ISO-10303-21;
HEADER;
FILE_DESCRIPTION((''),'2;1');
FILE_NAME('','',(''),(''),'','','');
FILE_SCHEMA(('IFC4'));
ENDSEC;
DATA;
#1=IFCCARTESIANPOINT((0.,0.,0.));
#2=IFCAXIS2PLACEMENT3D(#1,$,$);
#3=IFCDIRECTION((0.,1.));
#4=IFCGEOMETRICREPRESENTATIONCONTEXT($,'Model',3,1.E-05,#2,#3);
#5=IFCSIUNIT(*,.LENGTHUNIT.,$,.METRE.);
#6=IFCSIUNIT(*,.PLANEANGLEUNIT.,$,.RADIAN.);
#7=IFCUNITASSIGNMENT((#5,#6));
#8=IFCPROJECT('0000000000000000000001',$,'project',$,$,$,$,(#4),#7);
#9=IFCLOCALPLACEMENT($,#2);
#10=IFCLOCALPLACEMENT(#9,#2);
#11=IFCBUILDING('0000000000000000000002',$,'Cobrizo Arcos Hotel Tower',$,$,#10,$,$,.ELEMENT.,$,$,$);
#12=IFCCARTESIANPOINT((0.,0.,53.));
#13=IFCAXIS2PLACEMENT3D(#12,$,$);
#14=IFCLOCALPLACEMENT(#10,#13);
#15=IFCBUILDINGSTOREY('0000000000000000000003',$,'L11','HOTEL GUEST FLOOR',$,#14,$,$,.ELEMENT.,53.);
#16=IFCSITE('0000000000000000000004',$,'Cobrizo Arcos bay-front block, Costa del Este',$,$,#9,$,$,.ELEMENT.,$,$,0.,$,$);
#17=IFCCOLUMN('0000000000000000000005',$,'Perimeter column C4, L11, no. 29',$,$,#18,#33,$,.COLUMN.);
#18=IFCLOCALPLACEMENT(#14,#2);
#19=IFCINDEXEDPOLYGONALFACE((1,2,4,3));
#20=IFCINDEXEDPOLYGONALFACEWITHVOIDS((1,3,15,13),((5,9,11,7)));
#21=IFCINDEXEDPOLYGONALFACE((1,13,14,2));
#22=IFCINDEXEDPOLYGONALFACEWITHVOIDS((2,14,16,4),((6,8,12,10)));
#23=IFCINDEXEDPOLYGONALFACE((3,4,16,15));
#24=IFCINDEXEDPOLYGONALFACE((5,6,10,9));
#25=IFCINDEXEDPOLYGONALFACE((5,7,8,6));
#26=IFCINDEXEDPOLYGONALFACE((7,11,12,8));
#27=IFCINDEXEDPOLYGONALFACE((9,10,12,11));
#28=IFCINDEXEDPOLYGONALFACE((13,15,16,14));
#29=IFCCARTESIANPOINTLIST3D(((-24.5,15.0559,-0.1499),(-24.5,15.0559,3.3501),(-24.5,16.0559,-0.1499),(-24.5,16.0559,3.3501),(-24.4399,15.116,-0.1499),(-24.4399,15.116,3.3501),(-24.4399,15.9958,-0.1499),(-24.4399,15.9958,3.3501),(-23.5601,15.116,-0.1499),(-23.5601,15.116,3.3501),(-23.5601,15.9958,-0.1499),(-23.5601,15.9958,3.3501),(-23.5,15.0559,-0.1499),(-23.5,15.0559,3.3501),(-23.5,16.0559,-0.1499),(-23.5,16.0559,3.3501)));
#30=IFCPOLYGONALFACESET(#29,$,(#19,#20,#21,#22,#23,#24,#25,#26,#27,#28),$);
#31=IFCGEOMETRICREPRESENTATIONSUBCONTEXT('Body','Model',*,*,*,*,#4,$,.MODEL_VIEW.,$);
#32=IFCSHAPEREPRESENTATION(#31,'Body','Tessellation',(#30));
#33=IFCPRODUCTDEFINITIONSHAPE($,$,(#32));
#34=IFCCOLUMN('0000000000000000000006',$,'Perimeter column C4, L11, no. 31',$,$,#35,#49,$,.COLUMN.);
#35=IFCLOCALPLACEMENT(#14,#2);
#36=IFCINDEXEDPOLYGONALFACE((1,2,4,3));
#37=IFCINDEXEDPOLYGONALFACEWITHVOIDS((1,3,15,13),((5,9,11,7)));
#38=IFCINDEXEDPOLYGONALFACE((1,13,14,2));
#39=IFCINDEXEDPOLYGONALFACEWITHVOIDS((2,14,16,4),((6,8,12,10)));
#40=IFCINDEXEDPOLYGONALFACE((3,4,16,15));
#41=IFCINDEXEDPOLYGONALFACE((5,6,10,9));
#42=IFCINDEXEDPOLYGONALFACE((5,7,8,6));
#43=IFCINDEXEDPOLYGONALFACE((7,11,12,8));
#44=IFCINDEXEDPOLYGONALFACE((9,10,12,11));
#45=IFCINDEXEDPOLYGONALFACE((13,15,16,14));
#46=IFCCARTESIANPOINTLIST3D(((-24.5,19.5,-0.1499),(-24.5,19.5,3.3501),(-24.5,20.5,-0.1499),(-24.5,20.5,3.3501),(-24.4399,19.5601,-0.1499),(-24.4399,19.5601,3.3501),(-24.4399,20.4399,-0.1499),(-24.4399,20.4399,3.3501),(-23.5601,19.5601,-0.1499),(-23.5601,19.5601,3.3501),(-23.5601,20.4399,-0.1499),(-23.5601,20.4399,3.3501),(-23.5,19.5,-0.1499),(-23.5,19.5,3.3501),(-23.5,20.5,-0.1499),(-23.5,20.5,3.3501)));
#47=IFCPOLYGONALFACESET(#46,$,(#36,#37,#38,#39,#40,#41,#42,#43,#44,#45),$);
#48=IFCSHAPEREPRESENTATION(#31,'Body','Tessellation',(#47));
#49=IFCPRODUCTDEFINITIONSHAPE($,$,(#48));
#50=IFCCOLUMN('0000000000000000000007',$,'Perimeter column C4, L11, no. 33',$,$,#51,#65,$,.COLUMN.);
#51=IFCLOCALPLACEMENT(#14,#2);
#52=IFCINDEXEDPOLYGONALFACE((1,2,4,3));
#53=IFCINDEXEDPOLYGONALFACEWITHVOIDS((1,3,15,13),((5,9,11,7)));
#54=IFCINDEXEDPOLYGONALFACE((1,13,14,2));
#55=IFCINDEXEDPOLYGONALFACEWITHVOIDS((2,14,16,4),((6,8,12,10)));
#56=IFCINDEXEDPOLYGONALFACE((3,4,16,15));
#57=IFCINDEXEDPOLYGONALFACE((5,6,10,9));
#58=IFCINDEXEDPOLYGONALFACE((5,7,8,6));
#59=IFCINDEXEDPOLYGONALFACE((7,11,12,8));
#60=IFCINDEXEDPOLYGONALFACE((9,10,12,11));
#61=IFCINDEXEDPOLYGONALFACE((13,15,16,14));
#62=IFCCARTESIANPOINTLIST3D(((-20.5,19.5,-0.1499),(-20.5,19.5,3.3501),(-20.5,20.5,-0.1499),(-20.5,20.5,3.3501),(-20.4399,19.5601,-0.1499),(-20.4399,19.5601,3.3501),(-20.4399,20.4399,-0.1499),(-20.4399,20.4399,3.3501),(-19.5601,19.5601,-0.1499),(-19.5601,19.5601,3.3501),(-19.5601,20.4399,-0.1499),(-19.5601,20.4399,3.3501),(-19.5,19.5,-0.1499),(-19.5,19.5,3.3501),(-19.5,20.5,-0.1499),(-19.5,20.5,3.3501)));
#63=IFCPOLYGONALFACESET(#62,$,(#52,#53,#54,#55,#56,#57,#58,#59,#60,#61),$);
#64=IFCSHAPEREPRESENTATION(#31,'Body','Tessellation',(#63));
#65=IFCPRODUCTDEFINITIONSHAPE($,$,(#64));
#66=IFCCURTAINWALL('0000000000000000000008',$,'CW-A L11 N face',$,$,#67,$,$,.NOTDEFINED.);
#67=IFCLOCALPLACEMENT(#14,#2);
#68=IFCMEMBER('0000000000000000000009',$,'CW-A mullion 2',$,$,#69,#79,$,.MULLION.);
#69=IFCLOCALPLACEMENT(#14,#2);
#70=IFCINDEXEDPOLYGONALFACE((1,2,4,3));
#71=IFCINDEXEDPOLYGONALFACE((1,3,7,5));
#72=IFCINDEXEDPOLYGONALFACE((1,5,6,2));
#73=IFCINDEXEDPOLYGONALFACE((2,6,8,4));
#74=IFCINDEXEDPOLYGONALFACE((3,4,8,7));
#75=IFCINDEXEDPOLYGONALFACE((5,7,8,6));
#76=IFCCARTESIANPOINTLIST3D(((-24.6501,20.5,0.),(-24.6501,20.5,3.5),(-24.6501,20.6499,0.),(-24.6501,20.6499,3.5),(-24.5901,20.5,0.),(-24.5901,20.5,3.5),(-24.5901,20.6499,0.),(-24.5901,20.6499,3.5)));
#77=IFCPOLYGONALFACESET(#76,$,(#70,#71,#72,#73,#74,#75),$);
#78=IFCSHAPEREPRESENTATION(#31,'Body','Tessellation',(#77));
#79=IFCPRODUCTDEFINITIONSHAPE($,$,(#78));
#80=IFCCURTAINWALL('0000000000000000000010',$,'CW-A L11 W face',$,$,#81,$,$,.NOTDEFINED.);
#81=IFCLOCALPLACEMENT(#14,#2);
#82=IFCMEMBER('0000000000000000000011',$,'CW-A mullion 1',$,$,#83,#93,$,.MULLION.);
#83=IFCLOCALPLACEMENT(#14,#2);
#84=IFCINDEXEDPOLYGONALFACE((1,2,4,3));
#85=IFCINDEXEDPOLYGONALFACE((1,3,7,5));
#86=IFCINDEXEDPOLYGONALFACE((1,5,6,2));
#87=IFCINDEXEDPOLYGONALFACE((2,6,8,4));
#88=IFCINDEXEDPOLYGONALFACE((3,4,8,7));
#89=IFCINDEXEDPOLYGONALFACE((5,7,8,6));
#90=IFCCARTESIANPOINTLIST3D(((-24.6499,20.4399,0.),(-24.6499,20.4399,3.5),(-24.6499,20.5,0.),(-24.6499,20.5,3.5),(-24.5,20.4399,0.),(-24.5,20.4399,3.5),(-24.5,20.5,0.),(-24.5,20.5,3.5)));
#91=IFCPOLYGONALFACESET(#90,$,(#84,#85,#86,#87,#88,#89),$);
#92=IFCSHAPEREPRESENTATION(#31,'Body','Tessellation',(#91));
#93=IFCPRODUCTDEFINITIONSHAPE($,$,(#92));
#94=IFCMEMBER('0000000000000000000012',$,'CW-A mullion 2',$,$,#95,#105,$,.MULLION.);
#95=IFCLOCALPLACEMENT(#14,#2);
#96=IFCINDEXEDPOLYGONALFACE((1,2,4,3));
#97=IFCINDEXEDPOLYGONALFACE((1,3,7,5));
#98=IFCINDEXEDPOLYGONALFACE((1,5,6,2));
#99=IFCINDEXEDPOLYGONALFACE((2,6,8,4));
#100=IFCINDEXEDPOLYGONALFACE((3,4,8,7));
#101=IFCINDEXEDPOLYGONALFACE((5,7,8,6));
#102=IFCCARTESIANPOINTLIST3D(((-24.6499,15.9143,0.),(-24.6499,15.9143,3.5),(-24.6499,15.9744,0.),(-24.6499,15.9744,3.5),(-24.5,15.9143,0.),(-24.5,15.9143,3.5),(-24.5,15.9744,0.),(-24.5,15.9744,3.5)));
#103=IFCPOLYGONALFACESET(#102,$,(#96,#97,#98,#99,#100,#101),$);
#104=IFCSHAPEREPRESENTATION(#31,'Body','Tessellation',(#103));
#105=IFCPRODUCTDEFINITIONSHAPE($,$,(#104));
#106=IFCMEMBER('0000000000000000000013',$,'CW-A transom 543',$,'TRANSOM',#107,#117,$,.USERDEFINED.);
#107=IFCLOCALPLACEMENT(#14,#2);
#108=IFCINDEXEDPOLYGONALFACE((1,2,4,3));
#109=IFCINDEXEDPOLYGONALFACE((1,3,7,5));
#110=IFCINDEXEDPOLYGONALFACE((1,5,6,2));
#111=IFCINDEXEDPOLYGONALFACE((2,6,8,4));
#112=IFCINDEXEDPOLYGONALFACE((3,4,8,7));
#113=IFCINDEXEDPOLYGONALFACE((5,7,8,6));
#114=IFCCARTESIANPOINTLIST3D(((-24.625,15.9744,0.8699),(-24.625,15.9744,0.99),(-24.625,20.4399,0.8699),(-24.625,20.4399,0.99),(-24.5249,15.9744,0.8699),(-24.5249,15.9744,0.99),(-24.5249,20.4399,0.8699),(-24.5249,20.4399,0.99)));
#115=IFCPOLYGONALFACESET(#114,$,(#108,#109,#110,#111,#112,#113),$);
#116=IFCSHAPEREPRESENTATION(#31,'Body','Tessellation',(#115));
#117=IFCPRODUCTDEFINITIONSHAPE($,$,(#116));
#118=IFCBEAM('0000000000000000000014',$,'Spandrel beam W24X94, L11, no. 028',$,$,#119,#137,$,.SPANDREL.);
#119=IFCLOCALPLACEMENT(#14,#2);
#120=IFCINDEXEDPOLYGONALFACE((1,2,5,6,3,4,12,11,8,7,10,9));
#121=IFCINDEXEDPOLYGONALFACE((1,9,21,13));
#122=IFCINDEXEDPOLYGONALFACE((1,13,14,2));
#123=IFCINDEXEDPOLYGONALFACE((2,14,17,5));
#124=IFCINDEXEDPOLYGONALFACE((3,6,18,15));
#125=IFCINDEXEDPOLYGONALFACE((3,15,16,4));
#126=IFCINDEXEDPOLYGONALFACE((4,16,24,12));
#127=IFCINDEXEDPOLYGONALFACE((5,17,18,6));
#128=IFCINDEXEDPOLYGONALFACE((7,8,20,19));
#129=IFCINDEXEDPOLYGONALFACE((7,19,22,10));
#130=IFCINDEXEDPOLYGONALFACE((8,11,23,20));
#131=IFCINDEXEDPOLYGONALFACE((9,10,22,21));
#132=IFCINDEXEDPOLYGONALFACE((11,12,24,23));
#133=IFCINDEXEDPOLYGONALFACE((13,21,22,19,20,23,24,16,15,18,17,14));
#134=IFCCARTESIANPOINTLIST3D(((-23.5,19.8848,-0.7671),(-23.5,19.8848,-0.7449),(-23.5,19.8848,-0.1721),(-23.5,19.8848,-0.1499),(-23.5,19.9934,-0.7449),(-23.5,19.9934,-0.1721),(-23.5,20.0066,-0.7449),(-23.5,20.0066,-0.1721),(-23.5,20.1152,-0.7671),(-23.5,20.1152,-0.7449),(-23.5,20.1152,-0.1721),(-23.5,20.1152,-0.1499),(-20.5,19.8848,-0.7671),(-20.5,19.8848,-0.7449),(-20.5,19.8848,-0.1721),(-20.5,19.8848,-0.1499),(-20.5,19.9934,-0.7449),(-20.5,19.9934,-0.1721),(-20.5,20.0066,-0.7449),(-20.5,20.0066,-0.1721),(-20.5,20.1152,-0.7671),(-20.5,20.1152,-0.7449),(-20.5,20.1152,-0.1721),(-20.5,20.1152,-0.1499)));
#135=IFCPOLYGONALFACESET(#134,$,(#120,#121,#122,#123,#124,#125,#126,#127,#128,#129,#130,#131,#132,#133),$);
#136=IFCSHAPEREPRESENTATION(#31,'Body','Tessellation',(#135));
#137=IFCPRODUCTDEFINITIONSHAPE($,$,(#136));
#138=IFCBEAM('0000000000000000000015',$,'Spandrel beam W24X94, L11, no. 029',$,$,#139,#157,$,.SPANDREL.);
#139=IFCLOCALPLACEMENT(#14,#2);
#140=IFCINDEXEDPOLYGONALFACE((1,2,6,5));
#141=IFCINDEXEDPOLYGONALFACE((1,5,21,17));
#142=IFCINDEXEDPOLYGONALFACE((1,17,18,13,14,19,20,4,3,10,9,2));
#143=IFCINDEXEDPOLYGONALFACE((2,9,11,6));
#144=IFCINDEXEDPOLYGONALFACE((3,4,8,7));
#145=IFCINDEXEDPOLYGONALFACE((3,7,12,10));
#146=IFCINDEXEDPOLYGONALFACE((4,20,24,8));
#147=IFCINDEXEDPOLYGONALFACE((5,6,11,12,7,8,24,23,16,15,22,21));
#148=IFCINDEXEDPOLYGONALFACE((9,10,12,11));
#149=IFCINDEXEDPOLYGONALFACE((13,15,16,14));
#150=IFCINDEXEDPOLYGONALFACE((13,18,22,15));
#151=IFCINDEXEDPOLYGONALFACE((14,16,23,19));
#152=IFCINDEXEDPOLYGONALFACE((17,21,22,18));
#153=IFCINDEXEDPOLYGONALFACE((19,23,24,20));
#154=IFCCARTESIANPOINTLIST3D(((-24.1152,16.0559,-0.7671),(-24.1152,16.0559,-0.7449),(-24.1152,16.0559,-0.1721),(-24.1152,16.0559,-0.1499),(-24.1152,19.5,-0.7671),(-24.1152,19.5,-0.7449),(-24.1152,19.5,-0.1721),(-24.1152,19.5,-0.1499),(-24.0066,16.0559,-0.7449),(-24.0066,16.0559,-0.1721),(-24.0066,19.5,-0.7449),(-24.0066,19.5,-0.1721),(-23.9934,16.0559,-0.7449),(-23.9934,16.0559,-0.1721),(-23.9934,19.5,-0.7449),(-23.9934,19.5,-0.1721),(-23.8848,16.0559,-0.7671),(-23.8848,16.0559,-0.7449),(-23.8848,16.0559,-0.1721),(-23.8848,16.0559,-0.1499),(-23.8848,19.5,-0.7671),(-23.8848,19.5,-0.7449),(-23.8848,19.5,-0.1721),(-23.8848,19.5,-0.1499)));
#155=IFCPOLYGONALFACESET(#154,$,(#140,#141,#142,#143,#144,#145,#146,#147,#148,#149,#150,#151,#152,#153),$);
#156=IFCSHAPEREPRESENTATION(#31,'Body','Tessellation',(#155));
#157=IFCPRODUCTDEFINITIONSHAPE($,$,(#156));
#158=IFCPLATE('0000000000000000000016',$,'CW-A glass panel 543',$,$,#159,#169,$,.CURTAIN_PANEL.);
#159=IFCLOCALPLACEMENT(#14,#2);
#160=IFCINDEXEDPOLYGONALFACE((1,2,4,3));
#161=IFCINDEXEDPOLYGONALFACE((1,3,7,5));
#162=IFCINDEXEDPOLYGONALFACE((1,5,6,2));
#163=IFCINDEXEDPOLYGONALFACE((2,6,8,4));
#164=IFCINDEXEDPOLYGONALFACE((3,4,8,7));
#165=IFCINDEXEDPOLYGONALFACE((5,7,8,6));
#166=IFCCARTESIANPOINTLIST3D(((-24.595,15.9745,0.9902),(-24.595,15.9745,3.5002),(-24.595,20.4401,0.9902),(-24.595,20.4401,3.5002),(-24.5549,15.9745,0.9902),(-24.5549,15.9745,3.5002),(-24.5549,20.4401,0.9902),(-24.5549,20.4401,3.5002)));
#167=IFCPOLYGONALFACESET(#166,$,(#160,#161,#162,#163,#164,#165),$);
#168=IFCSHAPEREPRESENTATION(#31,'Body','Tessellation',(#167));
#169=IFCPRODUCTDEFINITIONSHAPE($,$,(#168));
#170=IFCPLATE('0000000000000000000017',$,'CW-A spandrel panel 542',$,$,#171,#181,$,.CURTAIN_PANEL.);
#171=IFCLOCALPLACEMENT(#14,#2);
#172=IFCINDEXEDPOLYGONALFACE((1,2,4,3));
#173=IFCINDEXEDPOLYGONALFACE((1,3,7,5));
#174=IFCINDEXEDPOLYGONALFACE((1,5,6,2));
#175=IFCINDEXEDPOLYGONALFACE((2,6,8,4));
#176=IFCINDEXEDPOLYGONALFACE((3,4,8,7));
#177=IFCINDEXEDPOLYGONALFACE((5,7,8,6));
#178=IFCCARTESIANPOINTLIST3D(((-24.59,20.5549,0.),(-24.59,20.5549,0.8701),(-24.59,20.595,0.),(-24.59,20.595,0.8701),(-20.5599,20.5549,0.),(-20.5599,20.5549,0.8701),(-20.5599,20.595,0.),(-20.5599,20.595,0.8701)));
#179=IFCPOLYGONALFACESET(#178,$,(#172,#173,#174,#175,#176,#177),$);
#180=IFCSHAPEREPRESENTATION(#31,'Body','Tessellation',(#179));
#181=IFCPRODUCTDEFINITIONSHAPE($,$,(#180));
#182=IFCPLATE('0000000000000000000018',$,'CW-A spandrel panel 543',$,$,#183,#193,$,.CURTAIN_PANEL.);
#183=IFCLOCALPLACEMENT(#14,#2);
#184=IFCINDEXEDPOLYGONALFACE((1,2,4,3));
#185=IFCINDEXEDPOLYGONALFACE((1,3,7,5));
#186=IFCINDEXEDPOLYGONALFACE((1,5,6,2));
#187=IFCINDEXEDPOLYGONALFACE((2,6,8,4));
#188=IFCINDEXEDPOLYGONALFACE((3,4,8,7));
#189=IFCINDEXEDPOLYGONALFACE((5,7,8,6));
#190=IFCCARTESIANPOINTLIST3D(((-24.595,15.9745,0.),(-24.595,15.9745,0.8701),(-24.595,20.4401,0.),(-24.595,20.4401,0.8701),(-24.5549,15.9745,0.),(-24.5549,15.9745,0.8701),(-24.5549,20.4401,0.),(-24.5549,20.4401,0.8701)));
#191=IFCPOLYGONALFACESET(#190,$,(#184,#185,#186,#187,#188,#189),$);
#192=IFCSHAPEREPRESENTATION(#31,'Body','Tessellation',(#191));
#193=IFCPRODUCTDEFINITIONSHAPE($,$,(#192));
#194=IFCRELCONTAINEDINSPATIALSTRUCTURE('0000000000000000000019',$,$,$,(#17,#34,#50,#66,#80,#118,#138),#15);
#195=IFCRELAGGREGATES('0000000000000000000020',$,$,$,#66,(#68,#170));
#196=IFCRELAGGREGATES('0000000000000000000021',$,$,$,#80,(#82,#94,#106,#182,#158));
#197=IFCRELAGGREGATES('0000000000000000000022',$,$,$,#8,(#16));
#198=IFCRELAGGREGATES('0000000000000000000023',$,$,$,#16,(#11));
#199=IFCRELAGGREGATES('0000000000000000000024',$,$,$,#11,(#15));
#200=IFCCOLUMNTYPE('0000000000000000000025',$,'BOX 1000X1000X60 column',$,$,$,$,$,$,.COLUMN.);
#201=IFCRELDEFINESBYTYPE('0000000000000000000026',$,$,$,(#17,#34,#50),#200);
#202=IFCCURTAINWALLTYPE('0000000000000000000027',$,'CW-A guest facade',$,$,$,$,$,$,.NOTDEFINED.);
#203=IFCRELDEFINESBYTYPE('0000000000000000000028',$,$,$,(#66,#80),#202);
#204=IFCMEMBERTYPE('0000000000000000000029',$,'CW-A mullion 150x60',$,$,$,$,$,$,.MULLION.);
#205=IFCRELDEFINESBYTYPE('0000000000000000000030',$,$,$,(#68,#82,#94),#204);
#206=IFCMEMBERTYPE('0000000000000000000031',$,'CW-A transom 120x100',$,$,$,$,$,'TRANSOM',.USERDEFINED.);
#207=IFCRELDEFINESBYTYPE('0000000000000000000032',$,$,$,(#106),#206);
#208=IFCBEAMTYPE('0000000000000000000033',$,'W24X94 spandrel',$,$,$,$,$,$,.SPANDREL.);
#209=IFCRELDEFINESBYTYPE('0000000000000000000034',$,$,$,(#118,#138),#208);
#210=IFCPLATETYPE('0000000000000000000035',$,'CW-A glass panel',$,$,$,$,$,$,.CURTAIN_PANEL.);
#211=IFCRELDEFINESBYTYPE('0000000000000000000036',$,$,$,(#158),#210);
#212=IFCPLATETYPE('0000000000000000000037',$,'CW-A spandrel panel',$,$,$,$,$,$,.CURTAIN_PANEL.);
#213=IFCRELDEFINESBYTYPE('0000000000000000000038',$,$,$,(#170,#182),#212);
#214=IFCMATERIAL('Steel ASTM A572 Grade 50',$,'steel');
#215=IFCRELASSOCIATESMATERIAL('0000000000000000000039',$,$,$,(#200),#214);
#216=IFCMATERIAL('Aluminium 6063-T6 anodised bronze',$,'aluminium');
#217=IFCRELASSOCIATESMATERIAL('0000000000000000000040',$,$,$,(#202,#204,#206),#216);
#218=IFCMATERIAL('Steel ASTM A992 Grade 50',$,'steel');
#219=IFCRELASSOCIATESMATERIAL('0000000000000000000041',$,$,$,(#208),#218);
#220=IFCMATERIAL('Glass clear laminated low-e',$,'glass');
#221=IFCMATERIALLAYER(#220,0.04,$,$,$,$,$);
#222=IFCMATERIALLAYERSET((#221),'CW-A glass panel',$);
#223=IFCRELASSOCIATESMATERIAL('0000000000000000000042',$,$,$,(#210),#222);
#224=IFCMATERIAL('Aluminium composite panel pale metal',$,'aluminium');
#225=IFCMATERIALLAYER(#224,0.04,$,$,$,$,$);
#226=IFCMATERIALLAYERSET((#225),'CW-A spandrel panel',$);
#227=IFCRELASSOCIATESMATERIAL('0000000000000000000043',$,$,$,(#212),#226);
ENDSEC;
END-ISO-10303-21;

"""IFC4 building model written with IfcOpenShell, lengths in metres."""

from ifc_helpers import new_model, si_unit, direction, frame, origin, origin_2d, place, context, subcontext, project, spatial, rectangle, hollow_rectangle, i_section, extrude, material, layer, layer_set, material_profile, profile_set, type_object, element, aggregate, save


model = new_model("IFC4")

# Units and contexts
model_context = context("Model", 3, precision=1e-05, world=origin(), true_north=direction((0.0, 1.0)))
body_context = subcontext(model_context, "Body", "Model", "MODEL_VIEW")
ifc_project = project(units=[si_unit("LENGTHUNIT", "METRE"), si_unit("PLANEANGLEUNIT", "RADIAN")], contexts=[model_context])

# Site, building, storey
site_placement = place(None, origin())
site = spatial("IfcSite", under=ifc_project, at=site_placement, Name="Cobrizo Arcos bay-front block, Costa del Este", CompositionType="ELEMENT", RefElevation=0.0)
building_placement = place(site_placement, origin())
building = spatial("IfcBuilding", under=site, at=building_placement, Name="Cobrizo Arcos Hotel Tower", CompositionType="ELEMENT")
storey_placement = place(building_placement, frame((0.0, 0.0, 53.0)))
storey = spatial("IfcBuildingStorey", under=building, at=storey_placement, Name="L11", Description="HOTEL GUEST FLOOR", CompositionType="ELEMENT", Elevation=53.0)

# Columns
ifc_material_1 = material(Name="Steel ASTM A572 Grade 50", Category="steel")
ifc_material_profile_1 = material_profile(ifc_material_1, hollow_rectangle(XDim=1.0, YDim=1.0, WallThickness=0.0601, at=origin_2d()), Name="BOX 1000X1000X60")
ifc_profile_set_1 = profile_set([ifc_material_profile_1], Name="Steel ASTM A572 Grade 50")
column_type = type_object("IfcColumnType", Name="BOX 1000X1000X60 column", PredefinedType="COLUMN", material=ifc_profile_set_1)
for number, where, z_axis, x_axis, name in (
    (1, (-24.0, 15.5559, -0.1499), (0.0, 0.0, 1.0), (1.0, 0.0, 0.0), "Perimeter column C4, L11, no. 29"),
    (2, (-24.0, 20.0, -0.1499), (0.0, 0.0, 1.0), (1.0, 0.0, 0.0), "Perimeter column C4, L11, no. 31"),
    (3, (-20.0, 20.0, -0.1499), (0.0, 0.0, 1.0), (1.0, 0.0, 0.0), "Perimeter column C4, L11, no. 33"),
):
    element("IfcColumn", number, at=place(storey_placement, frame(where, z_axis=z_axis, x_axis=x_axis)), inside=storey, type_object=column_type, Name=name, PredefinedType="COLUMN", context=body_context, shape_type="SweptSolid", body=[
        extrude(hollow_rectangle(XDim=1.0, YDim=1.0, WallThickness=0.0601, at=origin_2d()), origin(), (0.0, 0.0, 1.0), 3.5),
    ])

# Curtain wall, member
ifc_material_2 = material(Name="Aluminium 6063-T6 anodised bronze", Category="aluminium")
curtain_wall_type = type_object("IfcCurtainWallType", Name="CW-A guest facade", PredefinedType="NOTDEFINED", material=ifc_material_2)
curtain_wall_1_placement = place(storey_placement, origin())
curtain_wall_1 = element("IfcCurtainWall", 4, at=curtain_wall_1_placement, inside=storey, type_object=curtain_wall_type, Name="CW-A L11 N face", PredefinedType="NOTDEFINED")
ifc_material_profile_2 = material_profile(ifc_material_2, rectangle(XDim=0.1499, YDim=0.0601, at=origin_2d()), Name="CW-A mullion 150x60")
ifc_profile_set_2 = profile_set([ifc_material_profile_2], Name="Aluminium 6063-T6 anodised bronze")
member_type_1 = type_object("IfcMemberType", Name="CW-A mullion 150x60", PredefinedType="MULLION", material=ifc_profile_set_2)
member_1_placement = place(storey_placement, frame((-24.6201, 20.575, 0.0), z_axis=(0.0, 0.0, 1.0), x_axis=(0.0, 1.0, 0.0)))
member_1 = element("IfcMember", 5, at=member_1_placement, type_object=member_type_1, Name="CW-A mullion 2", PredefinedType="MULLION", context=body_context, shape_type="SweptSolid", body=[
    extrude(rectangle(XDim=0.1499, YDim=0.0601, at=origin_2d()), origin(), (0.0, 0.0, 1.0), 3.5),
])

# Curtain wall, members
curtain_wall_2_placement = place(storey_placement, origin())
curtain_wall_2 = element("IfcCurtainWall", 6, at=curtain_wall_2_placement, inside=storey, type_object=curtain_wall_type, Name="CW-A L11 W face", PredefinedType="NOTDEFINED")
member_2_placement = place(storey_placement, frame((-24.575, 20.47, 0.0), z_axis=(0.0, 0.0, 1.0), x_axis=(-1.0, 0.0, 0.0)))
member_2 = element("IfcMember", 7, at=member_2_placement, type_object=member_type_1, Name="CW-A mullion 1", PredefinedType="MULLION", context=body_context, shape_type="SweptSolid", body=[
    extrude(rectangle(XDim=0.1499, YDim=0.0601, at=origin_2d()), origin(), (0.0, 0.0, 1.0), 3.5),
])
member_3_placement = place(storey_placement, frame((-24.575, 15.9443, 0.0), z_axis=(0.0, 0.0, 1.0), x_axis=(-1.0, 0.0, 0.0)))
member_3 = element("IfcMember", 8, at=member_3_placement, type_object=member_type_1, Name="CW-A mullion 2", PredefinedType="MULLION", context=body_context, shape_type="SweptSolid", body=[
    extrude(rectangle(XDim=0.1499, YDim=0.0601, at=origin_2d()), origin(), (0.0, 0.0, 1.0), 3.5),
])
ifc_material_profile_3 = material_profile(ifc_material_2, rectangle(XDim=0.1001, YDim=0.1201, at=origin_2d()), Name="CW-A transom 120x100")
ifc_profile_set_3 = profile_set([ifc_material_profile_3], Name="Aluminium 6063-T6 anodised bronze")
member_type_2 = type_object("IfcMemberType", Name="CW-A transom 120x100", ElementType="TRANSOM", PredefinedType="USERDEFINED", material=ifc_profile_set_3)
member_4_placement = place(storey_placement, frame((-24.575, 20.4399, 0.9299), z_axis=(0.0, -1.0, 0.0), x_axis=(1.0, 0.0, 0.0)))
member_4 = element("IfcMember", 9, at=member_4_placement, type_object=member_type_2, Name="CW-A transom 543", ObjectType="TRANSOM", PredefinedType="USERDEFINED", context=body_context, shape_type="SweptSolid", body=[
    extrude(rectangle(XDim=0.1001, YDim=0.1201, at=origin_2d()), origin(), (0.0, 0.0, 1.0), 4.4656),
])

# Beams
ifc_material_3 = material(Name="Steel ASTM A992 Grade 50", Category="steel")
ifc_material_profile_4 = material_profile(ifc_material_3, i_section(OverallWidth=0.2305, OverallDepth=0.6172, WebThickness=0.0132, FlangeThickness=0.0222, at=origin_2d()), Name="W24X94")
ifc_profile_set_4 = profile_set([ifc_material_profile_4], Name="Steel ASTM A992 Grade 50")
beam_type = type_object("IfcBeamType", Name="W24X94 spandrel", PredefinedType="SPANDREL", material=ifc_profile_set_4)
beam_1_placement = place(storey_placement, frame((-20.5, 20.0, -0.4585), z_axis=(-1.0, 0.0, 0.0), x_axis=(0.0, -1.0, 0.0)))
element("IfcBeam", 10, at=beam_1_placement, inside=storey, type_object=beam_type, Name="Spandrel beam W24X94, L11, no. 028", PredefinedType="SPANDREL", context=body_context, shape_type="SweptSolid", body=[
    extrude(i_section(OverallWidth=0.2305, OverallDepth=0.6172, WebThickness=0.0132, FlangeThickness=0.0222, at=origin_2d()), origin(), (0.0, 0.0, 1.0), 3.0),
])
beam_2_placement = place(storey_placement, frame((-24.0, 19.5, -0.4585), z_axis=(0.0, -1.0, 0.0), x_axis=(1.0, 0.0, 0.0)))
element("IfcBeam", 11, at=beam_2_placement, inside=storey, type_object=beam_type, Name="Spandrel beam W24X94, L11, no. 029", PredefinedType="SPANDREL", context=body_context, shape_type="SweptSolid", body=[
    extrude(i_section(OverallWidth=0.2305, OverallDepth=0.6172, WebThickness=0.0132, FlangeThickness=0.0222, at=origin_2d()), origin(), (0.0, 0.0, 1.0), 3.4441),
])

# Plates
ifc_material_4 = material(Name="Glass clear laminated low-e", Category="glass")
ifc_layer_1 = layer(ifc_material_4, 0.04)
ifc_layer_set_1 = layer_set([ifc_layer_1], Name="CW-A glass panel")
plate_type_1 = type_object("IfcPlateType", Name="CW-A glass panel", PredefinedType="CURTAIN_PANEL", material=ifc_layer_set_1)
plate_1_placement = place(storey_placement, frame((-24.575, 18.2073, 0.9902), z_axis=(0.0, 0.0, 1.0), x_axis=(0.0, -1.0, 0.0)))
plate_1 = element("IfcPlate", 12, at=plate_1_placement, type_object=plate_type_1, Name="CW-A glass panel 543", PredefinedType="CURTAIN_PANEL", context=body_context, shape_type="SweptSolid", body=[
    extrude(rectangle(XDim=4.4656, YDim=0.04, at=origin_2d()), origin(), (0.0, 0.0, 1.0), 2.51),
])
ifc_material_5 = material(Name="Aluminium composite panel pale metal", Category="aluminium")
ifc_layer_2 = layer(ifc_material_5, 0.04)
ifc_layer_set_2 = layer_set([ifc_layer_2], Name="CW-A spandrel panel")
plate_type_2 = type_object("IfcPlateType", Name="CW-A spandrel panel", PredefinedType="CURTAIN_PANEL", material=ifc_layer_set_2)
plate_2_placement = place(storey_placement, frame((-22.575, 20.575, 0.0), z_axis=(0.0, 0.0, 1.0), x_axis=(-1.0, 0.0, 0.0)))
plate_2 = element("IfcPlate", 13, at=plate_2_placement, type_object=plate_type_2, Name="CW-A spandrel panel 542", PredefinedType="CURTAIN_PANEL", context=body_context, shape_type="SweptSolid", body=[
    extrude(rectangle(XDim=4.03, YDim=0.04, at=origin_2d()), origin(), (0.0, 0.0, 1.0), 0.8701),
])
aggregate(curtain_wall_1, [member_1, plate_2])
plate_3_placement = place(storey_placement, frame((-24.575, 18.2073, 0.0), z_axis=(0.0, 0.0, 1.0), x_axis=(0.0, -1.0, 0.0)))
plate_3 = element("IfcPlate", 14, at=plate_3_placement, type_object=plate_type_2, Name="CW-A spandrel panel 543", PredefinedType="CURTAIN_PANEL", context=body_context, shape_type="SweptSolid", body=[
    extrude(rectangle(XDim=4.4656, YDim=0.04, at=origin_2d()), origin(), (0.0, 0.0, 1.0), 0.8701),
])
aggregate(curtain_wall_2, [member_2, member_3, member_4, plate_3, plate_1])

save(model, "model.ifc")
